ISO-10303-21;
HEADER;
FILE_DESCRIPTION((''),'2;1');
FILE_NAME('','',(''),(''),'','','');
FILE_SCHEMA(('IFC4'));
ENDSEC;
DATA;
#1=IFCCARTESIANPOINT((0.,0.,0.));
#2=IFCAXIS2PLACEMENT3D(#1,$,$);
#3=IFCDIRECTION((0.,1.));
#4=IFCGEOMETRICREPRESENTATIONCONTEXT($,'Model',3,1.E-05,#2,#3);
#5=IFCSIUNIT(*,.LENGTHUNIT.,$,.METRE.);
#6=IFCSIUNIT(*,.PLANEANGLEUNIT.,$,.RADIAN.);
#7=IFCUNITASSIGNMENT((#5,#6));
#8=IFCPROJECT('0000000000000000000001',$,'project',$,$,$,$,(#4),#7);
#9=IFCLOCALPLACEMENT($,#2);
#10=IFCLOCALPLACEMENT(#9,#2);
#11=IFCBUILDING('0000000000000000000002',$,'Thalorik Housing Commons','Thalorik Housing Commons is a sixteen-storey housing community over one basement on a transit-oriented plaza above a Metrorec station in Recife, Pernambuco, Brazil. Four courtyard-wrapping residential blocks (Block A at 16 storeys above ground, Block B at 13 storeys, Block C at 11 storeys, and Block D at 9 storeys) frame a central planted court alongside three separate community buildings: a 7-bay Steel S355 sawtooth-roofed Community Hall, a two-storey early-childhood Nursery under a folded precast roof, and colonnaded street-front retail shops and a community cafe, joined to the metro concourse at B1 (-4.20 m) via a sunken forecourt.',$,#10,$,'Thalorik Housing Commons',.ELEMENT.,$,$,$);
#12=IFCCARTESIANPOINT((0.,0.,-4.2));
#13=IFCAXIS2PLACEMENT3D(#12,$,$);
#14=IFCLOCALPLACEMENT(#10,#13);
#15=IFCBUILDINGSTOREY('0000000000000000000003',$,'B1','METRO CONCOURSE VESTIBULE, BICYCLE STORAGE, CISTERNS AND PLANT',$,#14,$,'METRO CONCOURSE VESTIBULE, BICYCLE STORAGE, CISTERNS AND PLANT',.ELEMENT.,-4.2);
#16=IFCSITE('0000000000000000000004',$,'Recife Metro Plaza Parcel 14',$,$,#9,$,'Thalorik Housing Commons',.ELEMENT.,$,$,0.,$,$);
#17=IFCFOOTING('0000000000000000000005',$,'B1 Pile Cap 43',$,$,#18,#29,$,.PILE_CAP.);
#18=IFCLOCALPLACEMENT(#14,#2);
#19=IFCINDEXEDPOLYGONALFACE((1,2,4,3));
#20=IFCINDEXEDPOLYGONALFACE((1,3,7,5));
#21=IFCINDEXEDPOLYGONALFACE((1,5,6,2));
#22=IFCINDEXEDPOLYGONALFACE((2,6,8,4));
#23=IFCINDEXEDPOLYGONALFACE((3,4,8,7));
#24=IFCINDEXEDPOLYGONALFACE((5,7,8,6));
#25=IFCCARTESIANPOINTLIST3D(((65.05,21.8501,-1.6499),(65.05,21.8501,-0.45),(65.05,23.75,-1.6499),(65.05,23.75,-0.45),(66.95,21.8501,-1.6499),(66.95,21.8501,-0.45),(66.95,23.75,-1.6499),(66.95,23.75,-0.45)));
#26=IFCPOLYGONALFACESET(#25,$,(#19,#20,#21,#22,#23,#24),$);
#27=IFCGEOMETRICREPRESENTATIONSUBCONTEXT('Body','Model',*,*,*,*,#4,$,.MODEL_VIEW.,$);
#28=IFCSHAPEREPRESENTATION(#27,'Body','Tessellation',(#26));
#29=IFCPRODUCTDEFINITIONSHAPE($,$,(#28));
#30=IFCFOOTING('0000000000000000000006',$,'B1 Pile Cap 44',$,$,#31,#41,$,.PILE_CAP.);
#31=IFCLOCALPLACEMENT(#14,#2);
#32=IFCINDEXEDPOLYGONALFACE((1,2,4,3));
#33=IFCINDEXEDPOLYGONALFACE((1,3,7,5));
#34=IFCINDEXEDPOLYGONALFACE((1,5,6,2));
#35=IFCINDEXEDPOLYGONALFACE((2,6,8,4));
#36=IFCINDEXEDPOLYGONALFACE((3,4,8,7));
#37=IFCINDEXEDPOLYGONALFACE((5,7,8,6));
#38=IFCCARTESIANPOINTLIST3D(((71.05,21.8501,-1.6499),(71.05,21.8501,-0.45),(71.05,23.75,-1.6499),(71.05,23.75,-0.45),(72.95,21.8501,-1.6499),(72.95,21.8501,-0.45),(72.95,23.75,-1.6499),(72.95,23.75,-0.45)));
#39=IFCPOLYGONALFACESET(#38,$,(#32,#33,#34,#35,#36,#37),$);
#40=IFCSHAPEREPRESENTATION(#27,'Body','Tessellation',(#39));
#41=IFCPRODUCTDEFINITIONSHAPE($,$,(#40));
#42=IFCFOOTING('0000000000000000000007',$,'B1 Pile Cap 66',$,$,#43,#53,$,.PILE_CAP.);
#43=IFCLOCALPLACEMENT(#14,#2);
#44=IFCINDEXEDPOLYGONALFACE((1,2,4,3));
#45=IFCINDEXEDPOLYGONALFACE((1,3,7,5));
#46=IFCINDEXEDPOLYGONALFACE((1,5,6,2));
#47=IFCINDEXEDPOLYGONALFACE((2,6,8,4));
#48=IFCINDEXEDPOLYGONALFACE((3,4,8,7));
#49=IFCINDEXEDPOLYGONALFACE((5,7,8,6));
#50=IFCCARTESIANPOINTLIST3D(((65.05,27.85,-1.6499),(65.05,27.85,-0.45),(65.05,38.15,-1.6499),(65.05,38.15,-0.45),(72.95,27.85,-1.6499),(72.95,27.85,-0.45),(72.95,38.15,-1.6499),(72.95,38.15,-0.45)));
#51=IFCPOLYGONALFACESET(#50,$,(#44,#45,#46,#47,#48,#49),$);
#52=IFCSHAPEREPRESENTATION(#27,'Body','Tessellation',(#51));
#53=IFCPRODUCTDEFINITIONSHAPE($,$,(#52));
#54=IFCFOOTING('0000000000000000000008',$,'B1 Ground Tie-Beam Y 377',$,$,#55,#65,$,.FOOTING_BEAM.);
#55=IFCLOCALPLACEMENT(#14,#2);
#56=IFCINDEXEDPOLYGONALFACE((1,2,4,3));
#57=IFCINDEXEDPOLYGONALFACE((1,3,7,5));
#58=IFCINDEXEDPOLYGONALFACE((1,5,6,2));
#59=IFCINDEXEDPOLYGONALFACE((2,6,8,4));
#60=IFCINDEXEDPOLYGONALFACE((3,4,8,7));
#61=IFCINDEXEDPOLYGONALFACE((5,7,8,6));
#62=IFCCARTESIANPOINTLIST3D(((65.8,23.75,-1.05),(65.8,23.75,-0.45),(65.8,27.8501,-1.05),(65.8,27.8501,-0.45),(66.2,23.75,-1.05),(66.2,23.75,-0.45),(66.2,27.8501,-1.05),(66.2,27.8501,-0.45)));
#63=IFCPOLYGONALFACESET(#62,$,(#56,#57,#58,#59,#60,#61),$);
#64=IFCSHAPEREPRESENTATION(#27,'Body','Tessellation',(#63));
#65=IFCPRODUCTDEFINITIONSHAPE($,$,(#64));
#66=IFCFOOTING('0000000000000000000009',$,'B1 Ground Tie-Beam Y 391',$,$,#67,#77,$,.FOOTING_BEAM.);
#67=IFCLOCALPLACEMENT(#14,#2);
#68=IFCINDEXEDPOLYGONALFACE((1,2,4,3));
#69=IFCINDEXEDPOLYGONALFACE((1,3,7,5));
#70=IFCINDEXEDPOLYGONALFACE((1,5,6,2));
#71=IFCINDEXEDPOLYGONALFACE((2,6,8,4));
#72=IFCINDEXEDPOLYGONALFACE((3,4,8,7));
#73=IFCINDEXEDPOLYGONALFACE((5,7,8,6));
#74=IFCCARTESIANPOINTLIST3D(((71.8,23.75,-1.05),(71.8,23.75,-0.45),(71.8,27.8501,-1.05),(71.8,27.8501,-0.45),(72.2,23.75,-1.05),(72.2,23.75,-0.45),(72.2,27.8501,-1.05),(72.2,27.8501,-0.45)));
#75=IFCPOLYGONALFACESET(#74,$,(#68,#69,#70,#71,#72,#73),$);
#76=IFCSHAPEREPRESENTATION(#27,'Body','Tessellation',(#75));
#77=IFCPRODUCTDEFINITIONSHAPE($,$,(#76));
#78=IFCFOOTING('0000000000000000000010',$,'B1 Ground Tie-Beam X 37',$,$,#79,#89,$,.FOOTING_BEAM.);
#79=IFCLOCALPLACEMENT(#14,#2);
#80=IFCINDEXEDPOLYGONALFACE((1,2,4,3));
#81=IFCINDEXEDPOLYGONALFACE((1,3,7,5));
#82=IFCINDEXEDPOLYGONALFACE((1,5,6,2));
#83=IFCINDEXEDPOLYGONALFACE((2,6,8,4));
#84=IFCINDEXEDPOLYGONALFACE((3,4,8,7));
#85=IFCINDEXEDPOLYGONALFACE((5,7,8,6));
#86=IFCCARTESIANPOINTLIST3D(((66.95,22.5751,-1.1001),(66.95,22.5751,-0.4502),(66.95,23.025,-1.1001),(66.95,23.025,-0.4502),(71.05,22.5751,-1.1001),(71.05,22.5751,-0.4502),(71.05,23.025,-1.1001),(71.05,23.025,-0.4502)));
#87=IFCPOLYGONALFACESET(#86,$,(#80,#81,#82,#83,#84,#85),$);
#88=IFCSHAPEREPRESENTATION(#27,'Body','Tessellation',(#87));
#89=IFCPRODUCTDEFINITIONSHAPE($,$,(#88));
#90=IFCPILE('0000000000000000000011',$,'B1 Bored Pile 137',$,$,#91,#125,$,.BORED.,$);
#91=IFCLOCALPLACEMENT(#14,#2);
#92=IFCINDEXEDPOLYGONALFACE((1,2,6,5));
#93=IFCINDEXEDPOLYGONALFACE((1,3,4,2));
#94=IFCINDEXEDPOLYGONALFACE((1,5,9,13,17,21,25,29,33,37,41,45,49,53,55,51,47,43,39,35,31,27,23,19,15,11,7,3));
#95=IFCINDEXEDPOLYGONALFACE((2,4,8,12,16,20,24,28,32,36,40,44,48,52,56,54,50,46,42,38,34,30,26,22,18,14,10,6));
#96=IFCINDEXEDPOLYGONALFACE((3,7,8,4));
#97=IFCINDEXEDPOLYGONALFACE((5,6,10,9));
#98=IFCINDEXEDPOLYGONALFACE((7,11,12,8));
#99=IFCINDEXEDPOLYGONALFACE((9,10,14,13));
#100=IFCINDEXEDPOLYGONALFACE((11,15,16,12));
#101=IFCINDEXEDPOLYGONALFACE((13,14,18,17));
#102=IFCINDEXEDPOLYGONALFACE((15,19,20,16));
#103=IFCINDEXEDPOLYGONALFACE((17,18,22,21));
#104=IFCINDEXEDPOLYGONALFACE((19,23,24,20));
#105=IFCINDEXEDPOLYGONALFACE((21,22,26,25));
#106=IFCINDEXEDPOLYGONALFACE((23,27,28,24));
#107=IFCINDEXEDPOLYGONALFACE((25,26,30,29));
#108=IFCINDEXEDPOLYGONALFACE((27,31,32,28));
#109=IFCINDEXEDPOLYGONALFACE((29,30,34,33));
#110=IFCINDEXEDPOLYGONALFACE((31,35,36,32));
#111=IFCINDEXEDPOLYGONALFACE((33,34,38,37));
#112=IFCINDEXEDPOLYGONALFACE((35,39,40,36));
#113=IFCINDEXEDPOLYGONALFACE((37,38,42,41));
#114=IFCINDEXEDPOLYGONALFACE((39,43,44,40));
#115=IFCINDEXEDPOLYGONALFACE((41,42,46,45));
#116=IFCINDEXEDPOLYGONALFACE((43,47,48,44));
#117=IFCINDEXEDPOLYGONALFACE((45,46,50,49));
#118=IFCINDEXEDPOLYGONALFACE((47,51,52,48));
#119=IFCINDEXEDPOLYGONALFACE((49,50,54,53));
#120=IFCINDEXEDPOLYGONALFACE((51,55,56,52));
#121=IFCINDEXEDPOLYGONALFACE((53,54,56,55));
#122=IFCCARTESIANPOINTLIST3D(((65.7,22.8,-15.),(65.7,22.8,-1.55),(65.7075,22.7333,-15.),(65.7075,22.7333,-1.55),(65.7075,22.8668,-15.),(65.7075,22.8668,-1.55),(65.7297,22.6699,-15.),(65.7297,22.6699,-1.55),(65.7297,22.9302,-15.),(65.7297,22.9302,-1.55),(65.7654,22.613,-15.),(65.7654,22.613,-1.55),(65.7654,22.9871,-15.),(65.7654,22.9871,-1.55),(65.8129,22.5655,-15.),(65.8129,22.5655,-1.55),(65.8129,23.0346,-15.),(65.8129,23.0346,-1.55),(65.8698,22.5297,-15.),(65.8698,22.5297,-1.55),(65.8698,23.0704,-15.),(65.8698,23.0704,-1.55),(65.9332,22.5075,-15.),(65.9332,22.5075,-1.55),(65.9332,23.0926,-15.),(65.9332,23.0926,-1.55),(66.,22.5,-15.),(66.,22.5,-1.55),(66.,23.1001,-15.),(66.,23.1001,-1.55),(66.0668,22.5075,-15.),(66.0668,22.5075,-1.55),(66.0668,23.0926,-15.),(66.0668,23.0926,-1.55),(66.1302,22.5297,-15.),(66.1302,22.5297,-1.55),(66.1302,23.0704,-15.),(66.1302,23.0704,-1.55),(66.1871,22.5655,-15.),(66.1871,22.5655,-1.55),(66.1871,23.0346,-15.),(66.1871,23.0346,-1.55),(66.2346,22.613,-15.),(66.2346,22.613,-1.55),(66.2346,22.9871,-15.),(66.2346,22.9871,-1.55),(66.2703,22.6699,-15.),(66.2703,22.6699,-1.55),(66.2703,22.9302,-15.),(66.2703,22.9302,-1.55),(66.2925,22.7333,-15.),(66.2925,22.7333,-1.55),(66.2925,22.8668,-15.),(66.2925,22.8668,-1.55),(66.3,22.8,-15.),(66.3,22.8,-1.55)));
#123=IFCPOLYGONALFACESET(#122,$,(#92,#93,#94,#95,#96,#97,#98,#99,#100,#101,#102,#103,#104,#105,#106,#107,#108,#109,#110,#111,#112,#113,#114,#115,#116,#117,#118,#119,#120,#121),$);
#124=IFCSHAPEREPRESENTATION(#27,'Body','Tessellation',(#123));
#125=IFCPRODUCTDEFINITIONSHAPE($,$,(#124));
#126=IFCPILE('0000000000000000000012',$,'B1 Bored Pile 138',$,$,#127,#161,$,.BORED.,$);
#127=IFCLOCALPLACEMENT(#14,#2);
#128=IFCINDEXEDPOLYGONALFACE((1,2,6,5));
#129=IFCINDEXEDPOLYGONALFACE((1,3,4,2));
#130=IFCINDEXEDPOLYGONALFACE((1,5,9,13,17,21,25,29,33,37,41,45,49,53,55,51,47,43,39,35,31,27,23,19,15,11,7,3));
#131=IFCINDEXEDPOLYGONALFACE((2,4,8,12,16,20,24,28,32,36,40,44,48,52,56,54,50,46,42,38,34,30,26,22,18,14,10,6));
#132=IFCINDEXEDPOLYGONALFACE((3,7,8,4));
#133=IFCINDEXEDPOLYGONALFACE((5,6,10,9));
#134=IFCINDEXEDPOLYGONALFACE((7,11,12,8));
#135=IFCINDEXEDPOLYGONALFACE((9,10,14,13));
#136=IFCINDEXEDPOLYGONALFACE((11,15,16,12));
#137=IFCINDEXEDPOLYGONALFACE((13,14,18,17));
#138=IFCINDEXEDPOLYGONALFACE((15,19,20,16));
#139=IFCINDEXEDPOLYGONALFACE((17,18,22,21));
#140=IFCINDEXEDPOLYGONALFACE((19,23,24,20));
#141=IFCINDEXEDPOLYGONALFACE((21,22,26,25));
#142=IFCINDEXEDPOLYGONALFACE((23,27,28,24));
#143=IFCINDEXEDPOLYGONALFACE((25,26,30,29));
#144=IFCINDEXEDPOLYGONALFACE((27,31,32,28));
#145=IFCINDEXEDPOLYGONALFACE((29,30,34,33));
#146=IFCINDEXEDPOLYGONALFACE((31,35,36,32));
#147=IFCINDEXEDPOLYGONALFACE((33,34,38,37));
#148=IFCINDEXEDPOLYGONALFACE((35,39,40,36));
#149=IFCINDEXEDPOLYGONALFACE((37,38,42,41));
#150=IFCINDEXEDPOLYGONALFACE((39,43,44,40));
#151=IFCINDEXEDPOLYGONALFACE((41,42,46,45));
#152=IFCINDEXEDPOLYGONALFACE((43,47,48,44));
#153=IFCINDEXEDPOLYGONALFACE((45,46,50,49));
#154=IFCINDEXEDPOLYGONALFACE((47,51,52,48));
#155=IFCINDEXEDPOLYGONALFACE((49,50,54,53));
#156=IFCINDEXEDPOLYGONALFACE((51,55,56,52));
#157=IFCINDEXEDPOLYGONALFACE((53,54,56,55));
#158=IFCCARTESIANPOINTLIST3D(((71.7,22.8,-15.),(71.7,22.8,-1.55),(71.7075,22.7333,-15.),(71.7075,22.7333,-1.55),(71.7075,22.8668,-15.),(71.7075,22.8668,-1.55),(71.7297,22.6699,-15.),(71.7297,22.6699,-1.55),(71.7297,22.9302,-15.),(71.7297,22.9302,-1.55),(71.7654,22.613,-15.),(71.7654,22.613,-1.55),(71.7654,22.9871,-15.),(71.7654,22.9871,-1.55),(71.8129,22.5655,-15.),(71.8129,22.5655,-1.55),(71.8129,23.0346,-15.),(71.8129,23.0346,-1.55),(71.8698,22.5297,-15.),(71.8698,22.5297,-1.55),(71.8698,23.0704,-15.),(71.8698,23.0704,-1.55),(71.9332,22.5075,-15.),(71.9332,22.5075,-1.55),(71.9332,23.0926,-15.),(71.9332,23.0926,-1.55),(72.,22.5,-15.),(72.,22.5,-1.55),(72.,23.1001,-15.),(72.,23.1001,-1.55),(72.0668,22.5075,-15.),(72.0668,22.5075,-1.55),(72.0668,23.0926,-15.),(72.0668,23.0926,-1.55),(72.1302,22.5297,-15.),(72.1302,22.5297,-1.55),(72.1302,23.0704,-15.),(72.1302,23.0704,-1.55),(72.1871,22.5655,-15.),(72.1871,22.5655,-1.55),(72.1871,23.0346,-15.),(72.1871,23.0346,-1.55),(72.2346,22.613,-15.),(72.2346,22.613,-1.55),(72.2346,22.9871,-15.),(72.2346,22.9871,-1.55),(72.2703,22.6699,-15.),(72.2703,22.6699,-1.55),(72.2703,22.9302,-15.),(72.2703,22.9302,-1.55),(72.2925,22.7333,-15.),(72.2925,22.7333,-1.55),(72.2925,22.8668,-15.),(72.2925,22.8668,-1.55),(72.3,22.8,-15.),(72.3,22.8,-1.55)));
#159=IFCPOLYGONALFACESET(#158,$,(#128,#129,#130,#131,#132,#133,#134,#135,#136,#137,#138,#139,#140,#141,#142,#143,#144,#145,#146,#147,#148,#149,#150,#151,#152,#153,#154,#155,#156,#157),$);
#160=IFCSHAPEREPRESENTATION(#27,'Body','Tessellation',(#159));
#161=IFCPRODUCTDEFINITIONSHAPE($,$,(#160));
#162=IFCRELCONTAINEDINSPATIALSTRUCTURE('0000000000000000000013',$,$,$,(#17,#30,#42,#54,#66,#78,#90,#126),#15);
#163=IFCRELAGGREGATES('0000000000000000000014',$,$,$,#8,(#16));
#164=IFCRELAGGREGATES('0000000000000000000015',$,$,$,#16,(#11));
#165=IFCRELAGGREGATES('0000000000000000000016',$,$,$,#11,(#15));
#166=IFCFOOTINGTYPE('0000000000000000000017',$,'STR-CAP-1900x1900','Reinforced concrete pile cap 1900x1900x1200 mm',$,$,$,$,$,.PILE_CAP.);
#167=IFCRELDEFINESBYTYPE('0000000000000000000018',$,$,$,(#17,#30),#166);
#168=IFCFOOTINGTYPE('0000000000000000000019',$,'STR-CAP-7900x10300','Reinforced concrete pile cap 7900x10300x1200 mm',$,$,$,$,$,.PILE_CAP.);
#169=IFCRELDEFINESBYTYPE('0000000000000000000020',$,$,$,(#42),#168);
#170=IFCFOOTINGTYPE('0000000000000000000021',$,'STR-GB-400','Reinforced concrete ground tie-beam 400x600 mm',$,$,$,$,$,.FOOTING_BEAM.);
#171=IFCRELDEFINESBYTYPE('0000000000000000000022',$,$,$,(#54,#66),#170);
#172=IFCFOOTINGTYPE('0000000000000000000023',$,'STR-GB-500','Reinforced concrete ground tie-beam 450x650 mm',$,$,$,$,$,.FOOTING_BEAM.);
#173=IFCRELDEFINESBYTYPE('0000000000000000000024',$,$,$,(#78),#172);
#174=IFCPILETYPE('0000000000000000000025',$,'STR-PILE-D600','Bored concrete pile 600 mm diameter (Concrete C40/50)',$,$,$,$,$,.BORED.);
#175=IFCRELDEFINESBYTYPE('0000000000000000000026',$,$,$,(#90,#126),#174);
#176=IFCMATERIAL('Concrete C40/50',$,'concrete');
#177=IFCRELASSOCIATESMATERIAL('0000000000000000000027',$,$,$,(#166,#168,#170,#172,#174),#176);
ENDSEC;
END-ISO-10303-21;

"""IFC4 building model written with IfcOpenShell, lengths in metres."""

from ifc_helpers import new_model, si_unit, direction, frame, origin, origin_2d, place, context, subcontext, project, spatial, rectangle, circle, extrude, material, material_profile, profile_set, type_object, element, save


model = new_model("IFC4")

# Units and contexts
model_context = context("Model", 3, precision=1e-05, world=origin(), true_north=direction((0.0, 1.0)))
body_context = subcontext(model_context, "Body", "Model", "MODEL_VIEW")
ifc_project = project(units=[si_unit("LENGTHUNIT", "METRE"), si_unit("PLANEANGLEUNIT", "RADIAN")], contexts=[model_context])

# Site, building, storey
site_placement = place(None, origin())
site = spatial("IfcSite", under=ifc_project, at=site_placement, Name="Recife Metro Plaza Parcel 14", LongName="Thalorik Housing Commons", CompositionType="ELEMENT", RefElevation=0.0)
building_placement = place(site_placement, origin())
building = spatial("IfcBuilding", under=site, at=building_placement, Name="Thalorik Housing Commons", Description="Thalorik Housing Commons is a sixteen-storey housing community over one basement on a transit-oriented plaza above a Metrorec station in Recife, Pernambuco, Brazil. Four courtyard-wrapping residential blocks (Block A at 16 storeys above ground, Block B at 13 storeys, Block C at 11 storeys, and Block D at 9 storeys) frame a central planted court alongside three separate community buildings: a 7-bay Steel S355 sawtooth-roofed Community Hall, a two-storey early-childhood Nursery under a folded precast roof, and colonnaded street-front retail shops and a community cafe, joined to the metro concourse at B1 (-4.20 m) via a sunken forecourt.", LongName="Thalorik Housing Commons", CompositionType="ELEMENT")
storey_placement = place(building_placement, frame((0.0, 0.0, -4.2)))
storey = spatial("IfcBuildingStorey", under=building, at=storey_placement, Name="B1", Description="METRO CONCOURSE VESTIBULE, BICYCLE STORAGE, CISTERNS AND PLANT", LongName="METRO CONCOURSE VESTIBULE, BICYCLE STORAGE, CISTERNS AND PLANT", CompositionType="ELEMENT", Elevation=-4.2)

# Footings
ifc_material_1 = material(Name="Concrete C40/50", Category="concrete")
footing_type_1 = type_object("IfcFootingType", Name="STR-CAP-1900x1900", Description="Reinforced concrete pile cap 1900x1900x1200 mm", PredefinedType="PILE_CAP", material=ifc_material_1)
for number, where, z_axis, x_axis, name in (
    (1, (66.0, 22.8, -1.6499), (0.0, 0.0, 1.0), (1.0, 0.0, 0.0), "B1 Pile Cap 43"),
    (2, (72.0, 22.8, -1.6499), (0.0, 0.0, 1.0), (1.0, 0.0, 0.0), "B1 Pile Cap 44"),
):
    element("IfcFooting", number, at=place(storey_placement, frame(where, z_axis=z_axis, x_axis=x_axis)), inside=storey, type_object=footing_type_1, Name=name, PredefinedType="PILE_CAP", context=body_context, shape_type="SweptSolid", body=[
        extrude(rectangle(XDim=1.8999, YDim=1.8999, at=origin_2d()), origin(), (0.0, 0.0, 1.0), 1.2),
    ])
footing_type_2 = type_object("IfcFootingType", Name="STR-CAP-7900x10300", Description="Reinforced concrete pile cap 7900x10300x1200 mm", PredefinedType="PILE_CAP", material=ifc_material_1)
footing_1_placement = place(storey_placement, frame((69.0, 33.0, -1.6499), z_axis=(0.0, 0.0, 1.0), x_axis=(1.0, 0.0, 0.0)))
element("IfcFooting", 3, at=footing_1_placement, inside=storey, type_object=footing_type_2, Name="B1 Pile Cap 66", PredefinedType="PILE_CAP", context=body_context, shape_type="SweptSolid", body=[
    extrude(rectangle(XDim=7.8999, YDim=10.3, at=origin_2d()), origin(), (0.0, 0.0, 1.0), 1.2),
])
ifc_material_profile_1 = material_profile(ifc_material_1, rectangle(XDim=0.3999, YDim=0.6001, at=origin_2d()), Name="RC 400x600", Category="concrete")
ifc_profile_set_1 = profile_set([ifc_material_profile_1], Name="Concrete C40/50")
footing_type_3 = type_object("IfcFootingType", Name="STR-GB-400", Description="Reinforced concrete ground tie-beam 400x600 mm", PredefinedType="FOOTING_BEAM", material=ifc_profile_set_1)
for number, where, z_axis, x_axis, name in (
    (4, (66.0, 23.75, -0.75), (0.0, 1.0, 0.0), (-1.0, 0.0, 0.0), "B1 Ground Tie-Beam Y 377"),
    (5, (72.0, 23.75, -0.75), (0.0, 1.0, 0.0), (-1.0, 0.0, 0.0), "B1 Ground Tie-Beam Y 391"),
):
    element("IfcFooting", number, at=place(storey_placement, frame(where, z_axis=z_axis, x_axis=x_axis)), inside=storey, type_object=footing_type_3, Name=name, PredefinedType="FOOTING_BEAM", context=body_context, shape_type="SweptSolid", body=[
        extrude(rectangle(XDim=0.3999, YDim=0.6001, at=origin_2d()), origin(), (0.0, 0.0, 1.0), 4.1001),
    ])
ifc_material_profile_2 = material_profile(ifc_material_1, rectangle(XDim=0.45, YDim=0.6499, at=origin_2d()), Name="RC 450x650", Category="concrete")
ifc_profile_set_2 = profile_set([ifc_material_profile_2], Name="Concrete C40/50")
footing_type_4 = type_object("IfcFootingType", Name="STR-GB-500", Description="Reinforced concrete ground tie-beam 450x650 mm", PredefinedType="FOOTING_BEAM", material=ifc_profile_set_2)
footing_2_placement = place(storey_placement, frame((66.95, 22.8, -0.7751), z_axis=(1.0, 0.0, 0.0), x_axis=(0.0, 1.0, 0.0)))
element("IfcFooting", 6, at=footing_2_placement, inside=storey, type_object=footing_type_4, Name="B1 Ground Tie-Beam X 37", PredefinedType="FOOTING_BEAM", context=body_context, shape_type="SweptSolid", body=[
    extrude(rectangle(XDim=0.45, YDim=0.6499, at=origin_2d()), origin(), (0.0, 0.0, 1.0), 4.1001),
])

# Piles
ifc_material_profile_3 = material_profile(ifc_material_1, circle(Radius=0.3, at=origin_2d()), Name="BORED PILE D600", Category="concrete")
ifc_profile_set_3 = profile_set([ifc_material_profile_3], Name="Concrete C40/50")
pile_type_1 = type_object("IfcPileType", Name="STR-PILE-D600", Description="Bored concrete pile 600 mm diameter (Concrete C40/50)", PredefinedType="BORED", material=ifc_profile_set_3)
for number, where, z_axis, x_axis, name in (
    (7, (66.0, 22.8, -1.55), (0.0, 0.0, -1.0), (1.0, 0.0, 0.0), "B1 Bored Pile 137"),
    (8, (72.0, 22.8, -1.55), (0.0, 0.0, -1.0), (1.0, 0.0, 0.0), "B1 Bored Pile 138"),
):
    element("IfcPile", number, at=place(storey_placement, frame(where, z_axis=z_axis, x_axis=x_axis)), inside=storey, type_object=pile_type_1, Name=name, PredefinedType="BORED", context=body_context, shape_type="SweptSolid", body=[
        extrude(circle(Radius=0.3, at=origin_2d()), origin(), (0.0, 0.0, 1.0), 13.45),
    ])

save(model, "model.ifc")
